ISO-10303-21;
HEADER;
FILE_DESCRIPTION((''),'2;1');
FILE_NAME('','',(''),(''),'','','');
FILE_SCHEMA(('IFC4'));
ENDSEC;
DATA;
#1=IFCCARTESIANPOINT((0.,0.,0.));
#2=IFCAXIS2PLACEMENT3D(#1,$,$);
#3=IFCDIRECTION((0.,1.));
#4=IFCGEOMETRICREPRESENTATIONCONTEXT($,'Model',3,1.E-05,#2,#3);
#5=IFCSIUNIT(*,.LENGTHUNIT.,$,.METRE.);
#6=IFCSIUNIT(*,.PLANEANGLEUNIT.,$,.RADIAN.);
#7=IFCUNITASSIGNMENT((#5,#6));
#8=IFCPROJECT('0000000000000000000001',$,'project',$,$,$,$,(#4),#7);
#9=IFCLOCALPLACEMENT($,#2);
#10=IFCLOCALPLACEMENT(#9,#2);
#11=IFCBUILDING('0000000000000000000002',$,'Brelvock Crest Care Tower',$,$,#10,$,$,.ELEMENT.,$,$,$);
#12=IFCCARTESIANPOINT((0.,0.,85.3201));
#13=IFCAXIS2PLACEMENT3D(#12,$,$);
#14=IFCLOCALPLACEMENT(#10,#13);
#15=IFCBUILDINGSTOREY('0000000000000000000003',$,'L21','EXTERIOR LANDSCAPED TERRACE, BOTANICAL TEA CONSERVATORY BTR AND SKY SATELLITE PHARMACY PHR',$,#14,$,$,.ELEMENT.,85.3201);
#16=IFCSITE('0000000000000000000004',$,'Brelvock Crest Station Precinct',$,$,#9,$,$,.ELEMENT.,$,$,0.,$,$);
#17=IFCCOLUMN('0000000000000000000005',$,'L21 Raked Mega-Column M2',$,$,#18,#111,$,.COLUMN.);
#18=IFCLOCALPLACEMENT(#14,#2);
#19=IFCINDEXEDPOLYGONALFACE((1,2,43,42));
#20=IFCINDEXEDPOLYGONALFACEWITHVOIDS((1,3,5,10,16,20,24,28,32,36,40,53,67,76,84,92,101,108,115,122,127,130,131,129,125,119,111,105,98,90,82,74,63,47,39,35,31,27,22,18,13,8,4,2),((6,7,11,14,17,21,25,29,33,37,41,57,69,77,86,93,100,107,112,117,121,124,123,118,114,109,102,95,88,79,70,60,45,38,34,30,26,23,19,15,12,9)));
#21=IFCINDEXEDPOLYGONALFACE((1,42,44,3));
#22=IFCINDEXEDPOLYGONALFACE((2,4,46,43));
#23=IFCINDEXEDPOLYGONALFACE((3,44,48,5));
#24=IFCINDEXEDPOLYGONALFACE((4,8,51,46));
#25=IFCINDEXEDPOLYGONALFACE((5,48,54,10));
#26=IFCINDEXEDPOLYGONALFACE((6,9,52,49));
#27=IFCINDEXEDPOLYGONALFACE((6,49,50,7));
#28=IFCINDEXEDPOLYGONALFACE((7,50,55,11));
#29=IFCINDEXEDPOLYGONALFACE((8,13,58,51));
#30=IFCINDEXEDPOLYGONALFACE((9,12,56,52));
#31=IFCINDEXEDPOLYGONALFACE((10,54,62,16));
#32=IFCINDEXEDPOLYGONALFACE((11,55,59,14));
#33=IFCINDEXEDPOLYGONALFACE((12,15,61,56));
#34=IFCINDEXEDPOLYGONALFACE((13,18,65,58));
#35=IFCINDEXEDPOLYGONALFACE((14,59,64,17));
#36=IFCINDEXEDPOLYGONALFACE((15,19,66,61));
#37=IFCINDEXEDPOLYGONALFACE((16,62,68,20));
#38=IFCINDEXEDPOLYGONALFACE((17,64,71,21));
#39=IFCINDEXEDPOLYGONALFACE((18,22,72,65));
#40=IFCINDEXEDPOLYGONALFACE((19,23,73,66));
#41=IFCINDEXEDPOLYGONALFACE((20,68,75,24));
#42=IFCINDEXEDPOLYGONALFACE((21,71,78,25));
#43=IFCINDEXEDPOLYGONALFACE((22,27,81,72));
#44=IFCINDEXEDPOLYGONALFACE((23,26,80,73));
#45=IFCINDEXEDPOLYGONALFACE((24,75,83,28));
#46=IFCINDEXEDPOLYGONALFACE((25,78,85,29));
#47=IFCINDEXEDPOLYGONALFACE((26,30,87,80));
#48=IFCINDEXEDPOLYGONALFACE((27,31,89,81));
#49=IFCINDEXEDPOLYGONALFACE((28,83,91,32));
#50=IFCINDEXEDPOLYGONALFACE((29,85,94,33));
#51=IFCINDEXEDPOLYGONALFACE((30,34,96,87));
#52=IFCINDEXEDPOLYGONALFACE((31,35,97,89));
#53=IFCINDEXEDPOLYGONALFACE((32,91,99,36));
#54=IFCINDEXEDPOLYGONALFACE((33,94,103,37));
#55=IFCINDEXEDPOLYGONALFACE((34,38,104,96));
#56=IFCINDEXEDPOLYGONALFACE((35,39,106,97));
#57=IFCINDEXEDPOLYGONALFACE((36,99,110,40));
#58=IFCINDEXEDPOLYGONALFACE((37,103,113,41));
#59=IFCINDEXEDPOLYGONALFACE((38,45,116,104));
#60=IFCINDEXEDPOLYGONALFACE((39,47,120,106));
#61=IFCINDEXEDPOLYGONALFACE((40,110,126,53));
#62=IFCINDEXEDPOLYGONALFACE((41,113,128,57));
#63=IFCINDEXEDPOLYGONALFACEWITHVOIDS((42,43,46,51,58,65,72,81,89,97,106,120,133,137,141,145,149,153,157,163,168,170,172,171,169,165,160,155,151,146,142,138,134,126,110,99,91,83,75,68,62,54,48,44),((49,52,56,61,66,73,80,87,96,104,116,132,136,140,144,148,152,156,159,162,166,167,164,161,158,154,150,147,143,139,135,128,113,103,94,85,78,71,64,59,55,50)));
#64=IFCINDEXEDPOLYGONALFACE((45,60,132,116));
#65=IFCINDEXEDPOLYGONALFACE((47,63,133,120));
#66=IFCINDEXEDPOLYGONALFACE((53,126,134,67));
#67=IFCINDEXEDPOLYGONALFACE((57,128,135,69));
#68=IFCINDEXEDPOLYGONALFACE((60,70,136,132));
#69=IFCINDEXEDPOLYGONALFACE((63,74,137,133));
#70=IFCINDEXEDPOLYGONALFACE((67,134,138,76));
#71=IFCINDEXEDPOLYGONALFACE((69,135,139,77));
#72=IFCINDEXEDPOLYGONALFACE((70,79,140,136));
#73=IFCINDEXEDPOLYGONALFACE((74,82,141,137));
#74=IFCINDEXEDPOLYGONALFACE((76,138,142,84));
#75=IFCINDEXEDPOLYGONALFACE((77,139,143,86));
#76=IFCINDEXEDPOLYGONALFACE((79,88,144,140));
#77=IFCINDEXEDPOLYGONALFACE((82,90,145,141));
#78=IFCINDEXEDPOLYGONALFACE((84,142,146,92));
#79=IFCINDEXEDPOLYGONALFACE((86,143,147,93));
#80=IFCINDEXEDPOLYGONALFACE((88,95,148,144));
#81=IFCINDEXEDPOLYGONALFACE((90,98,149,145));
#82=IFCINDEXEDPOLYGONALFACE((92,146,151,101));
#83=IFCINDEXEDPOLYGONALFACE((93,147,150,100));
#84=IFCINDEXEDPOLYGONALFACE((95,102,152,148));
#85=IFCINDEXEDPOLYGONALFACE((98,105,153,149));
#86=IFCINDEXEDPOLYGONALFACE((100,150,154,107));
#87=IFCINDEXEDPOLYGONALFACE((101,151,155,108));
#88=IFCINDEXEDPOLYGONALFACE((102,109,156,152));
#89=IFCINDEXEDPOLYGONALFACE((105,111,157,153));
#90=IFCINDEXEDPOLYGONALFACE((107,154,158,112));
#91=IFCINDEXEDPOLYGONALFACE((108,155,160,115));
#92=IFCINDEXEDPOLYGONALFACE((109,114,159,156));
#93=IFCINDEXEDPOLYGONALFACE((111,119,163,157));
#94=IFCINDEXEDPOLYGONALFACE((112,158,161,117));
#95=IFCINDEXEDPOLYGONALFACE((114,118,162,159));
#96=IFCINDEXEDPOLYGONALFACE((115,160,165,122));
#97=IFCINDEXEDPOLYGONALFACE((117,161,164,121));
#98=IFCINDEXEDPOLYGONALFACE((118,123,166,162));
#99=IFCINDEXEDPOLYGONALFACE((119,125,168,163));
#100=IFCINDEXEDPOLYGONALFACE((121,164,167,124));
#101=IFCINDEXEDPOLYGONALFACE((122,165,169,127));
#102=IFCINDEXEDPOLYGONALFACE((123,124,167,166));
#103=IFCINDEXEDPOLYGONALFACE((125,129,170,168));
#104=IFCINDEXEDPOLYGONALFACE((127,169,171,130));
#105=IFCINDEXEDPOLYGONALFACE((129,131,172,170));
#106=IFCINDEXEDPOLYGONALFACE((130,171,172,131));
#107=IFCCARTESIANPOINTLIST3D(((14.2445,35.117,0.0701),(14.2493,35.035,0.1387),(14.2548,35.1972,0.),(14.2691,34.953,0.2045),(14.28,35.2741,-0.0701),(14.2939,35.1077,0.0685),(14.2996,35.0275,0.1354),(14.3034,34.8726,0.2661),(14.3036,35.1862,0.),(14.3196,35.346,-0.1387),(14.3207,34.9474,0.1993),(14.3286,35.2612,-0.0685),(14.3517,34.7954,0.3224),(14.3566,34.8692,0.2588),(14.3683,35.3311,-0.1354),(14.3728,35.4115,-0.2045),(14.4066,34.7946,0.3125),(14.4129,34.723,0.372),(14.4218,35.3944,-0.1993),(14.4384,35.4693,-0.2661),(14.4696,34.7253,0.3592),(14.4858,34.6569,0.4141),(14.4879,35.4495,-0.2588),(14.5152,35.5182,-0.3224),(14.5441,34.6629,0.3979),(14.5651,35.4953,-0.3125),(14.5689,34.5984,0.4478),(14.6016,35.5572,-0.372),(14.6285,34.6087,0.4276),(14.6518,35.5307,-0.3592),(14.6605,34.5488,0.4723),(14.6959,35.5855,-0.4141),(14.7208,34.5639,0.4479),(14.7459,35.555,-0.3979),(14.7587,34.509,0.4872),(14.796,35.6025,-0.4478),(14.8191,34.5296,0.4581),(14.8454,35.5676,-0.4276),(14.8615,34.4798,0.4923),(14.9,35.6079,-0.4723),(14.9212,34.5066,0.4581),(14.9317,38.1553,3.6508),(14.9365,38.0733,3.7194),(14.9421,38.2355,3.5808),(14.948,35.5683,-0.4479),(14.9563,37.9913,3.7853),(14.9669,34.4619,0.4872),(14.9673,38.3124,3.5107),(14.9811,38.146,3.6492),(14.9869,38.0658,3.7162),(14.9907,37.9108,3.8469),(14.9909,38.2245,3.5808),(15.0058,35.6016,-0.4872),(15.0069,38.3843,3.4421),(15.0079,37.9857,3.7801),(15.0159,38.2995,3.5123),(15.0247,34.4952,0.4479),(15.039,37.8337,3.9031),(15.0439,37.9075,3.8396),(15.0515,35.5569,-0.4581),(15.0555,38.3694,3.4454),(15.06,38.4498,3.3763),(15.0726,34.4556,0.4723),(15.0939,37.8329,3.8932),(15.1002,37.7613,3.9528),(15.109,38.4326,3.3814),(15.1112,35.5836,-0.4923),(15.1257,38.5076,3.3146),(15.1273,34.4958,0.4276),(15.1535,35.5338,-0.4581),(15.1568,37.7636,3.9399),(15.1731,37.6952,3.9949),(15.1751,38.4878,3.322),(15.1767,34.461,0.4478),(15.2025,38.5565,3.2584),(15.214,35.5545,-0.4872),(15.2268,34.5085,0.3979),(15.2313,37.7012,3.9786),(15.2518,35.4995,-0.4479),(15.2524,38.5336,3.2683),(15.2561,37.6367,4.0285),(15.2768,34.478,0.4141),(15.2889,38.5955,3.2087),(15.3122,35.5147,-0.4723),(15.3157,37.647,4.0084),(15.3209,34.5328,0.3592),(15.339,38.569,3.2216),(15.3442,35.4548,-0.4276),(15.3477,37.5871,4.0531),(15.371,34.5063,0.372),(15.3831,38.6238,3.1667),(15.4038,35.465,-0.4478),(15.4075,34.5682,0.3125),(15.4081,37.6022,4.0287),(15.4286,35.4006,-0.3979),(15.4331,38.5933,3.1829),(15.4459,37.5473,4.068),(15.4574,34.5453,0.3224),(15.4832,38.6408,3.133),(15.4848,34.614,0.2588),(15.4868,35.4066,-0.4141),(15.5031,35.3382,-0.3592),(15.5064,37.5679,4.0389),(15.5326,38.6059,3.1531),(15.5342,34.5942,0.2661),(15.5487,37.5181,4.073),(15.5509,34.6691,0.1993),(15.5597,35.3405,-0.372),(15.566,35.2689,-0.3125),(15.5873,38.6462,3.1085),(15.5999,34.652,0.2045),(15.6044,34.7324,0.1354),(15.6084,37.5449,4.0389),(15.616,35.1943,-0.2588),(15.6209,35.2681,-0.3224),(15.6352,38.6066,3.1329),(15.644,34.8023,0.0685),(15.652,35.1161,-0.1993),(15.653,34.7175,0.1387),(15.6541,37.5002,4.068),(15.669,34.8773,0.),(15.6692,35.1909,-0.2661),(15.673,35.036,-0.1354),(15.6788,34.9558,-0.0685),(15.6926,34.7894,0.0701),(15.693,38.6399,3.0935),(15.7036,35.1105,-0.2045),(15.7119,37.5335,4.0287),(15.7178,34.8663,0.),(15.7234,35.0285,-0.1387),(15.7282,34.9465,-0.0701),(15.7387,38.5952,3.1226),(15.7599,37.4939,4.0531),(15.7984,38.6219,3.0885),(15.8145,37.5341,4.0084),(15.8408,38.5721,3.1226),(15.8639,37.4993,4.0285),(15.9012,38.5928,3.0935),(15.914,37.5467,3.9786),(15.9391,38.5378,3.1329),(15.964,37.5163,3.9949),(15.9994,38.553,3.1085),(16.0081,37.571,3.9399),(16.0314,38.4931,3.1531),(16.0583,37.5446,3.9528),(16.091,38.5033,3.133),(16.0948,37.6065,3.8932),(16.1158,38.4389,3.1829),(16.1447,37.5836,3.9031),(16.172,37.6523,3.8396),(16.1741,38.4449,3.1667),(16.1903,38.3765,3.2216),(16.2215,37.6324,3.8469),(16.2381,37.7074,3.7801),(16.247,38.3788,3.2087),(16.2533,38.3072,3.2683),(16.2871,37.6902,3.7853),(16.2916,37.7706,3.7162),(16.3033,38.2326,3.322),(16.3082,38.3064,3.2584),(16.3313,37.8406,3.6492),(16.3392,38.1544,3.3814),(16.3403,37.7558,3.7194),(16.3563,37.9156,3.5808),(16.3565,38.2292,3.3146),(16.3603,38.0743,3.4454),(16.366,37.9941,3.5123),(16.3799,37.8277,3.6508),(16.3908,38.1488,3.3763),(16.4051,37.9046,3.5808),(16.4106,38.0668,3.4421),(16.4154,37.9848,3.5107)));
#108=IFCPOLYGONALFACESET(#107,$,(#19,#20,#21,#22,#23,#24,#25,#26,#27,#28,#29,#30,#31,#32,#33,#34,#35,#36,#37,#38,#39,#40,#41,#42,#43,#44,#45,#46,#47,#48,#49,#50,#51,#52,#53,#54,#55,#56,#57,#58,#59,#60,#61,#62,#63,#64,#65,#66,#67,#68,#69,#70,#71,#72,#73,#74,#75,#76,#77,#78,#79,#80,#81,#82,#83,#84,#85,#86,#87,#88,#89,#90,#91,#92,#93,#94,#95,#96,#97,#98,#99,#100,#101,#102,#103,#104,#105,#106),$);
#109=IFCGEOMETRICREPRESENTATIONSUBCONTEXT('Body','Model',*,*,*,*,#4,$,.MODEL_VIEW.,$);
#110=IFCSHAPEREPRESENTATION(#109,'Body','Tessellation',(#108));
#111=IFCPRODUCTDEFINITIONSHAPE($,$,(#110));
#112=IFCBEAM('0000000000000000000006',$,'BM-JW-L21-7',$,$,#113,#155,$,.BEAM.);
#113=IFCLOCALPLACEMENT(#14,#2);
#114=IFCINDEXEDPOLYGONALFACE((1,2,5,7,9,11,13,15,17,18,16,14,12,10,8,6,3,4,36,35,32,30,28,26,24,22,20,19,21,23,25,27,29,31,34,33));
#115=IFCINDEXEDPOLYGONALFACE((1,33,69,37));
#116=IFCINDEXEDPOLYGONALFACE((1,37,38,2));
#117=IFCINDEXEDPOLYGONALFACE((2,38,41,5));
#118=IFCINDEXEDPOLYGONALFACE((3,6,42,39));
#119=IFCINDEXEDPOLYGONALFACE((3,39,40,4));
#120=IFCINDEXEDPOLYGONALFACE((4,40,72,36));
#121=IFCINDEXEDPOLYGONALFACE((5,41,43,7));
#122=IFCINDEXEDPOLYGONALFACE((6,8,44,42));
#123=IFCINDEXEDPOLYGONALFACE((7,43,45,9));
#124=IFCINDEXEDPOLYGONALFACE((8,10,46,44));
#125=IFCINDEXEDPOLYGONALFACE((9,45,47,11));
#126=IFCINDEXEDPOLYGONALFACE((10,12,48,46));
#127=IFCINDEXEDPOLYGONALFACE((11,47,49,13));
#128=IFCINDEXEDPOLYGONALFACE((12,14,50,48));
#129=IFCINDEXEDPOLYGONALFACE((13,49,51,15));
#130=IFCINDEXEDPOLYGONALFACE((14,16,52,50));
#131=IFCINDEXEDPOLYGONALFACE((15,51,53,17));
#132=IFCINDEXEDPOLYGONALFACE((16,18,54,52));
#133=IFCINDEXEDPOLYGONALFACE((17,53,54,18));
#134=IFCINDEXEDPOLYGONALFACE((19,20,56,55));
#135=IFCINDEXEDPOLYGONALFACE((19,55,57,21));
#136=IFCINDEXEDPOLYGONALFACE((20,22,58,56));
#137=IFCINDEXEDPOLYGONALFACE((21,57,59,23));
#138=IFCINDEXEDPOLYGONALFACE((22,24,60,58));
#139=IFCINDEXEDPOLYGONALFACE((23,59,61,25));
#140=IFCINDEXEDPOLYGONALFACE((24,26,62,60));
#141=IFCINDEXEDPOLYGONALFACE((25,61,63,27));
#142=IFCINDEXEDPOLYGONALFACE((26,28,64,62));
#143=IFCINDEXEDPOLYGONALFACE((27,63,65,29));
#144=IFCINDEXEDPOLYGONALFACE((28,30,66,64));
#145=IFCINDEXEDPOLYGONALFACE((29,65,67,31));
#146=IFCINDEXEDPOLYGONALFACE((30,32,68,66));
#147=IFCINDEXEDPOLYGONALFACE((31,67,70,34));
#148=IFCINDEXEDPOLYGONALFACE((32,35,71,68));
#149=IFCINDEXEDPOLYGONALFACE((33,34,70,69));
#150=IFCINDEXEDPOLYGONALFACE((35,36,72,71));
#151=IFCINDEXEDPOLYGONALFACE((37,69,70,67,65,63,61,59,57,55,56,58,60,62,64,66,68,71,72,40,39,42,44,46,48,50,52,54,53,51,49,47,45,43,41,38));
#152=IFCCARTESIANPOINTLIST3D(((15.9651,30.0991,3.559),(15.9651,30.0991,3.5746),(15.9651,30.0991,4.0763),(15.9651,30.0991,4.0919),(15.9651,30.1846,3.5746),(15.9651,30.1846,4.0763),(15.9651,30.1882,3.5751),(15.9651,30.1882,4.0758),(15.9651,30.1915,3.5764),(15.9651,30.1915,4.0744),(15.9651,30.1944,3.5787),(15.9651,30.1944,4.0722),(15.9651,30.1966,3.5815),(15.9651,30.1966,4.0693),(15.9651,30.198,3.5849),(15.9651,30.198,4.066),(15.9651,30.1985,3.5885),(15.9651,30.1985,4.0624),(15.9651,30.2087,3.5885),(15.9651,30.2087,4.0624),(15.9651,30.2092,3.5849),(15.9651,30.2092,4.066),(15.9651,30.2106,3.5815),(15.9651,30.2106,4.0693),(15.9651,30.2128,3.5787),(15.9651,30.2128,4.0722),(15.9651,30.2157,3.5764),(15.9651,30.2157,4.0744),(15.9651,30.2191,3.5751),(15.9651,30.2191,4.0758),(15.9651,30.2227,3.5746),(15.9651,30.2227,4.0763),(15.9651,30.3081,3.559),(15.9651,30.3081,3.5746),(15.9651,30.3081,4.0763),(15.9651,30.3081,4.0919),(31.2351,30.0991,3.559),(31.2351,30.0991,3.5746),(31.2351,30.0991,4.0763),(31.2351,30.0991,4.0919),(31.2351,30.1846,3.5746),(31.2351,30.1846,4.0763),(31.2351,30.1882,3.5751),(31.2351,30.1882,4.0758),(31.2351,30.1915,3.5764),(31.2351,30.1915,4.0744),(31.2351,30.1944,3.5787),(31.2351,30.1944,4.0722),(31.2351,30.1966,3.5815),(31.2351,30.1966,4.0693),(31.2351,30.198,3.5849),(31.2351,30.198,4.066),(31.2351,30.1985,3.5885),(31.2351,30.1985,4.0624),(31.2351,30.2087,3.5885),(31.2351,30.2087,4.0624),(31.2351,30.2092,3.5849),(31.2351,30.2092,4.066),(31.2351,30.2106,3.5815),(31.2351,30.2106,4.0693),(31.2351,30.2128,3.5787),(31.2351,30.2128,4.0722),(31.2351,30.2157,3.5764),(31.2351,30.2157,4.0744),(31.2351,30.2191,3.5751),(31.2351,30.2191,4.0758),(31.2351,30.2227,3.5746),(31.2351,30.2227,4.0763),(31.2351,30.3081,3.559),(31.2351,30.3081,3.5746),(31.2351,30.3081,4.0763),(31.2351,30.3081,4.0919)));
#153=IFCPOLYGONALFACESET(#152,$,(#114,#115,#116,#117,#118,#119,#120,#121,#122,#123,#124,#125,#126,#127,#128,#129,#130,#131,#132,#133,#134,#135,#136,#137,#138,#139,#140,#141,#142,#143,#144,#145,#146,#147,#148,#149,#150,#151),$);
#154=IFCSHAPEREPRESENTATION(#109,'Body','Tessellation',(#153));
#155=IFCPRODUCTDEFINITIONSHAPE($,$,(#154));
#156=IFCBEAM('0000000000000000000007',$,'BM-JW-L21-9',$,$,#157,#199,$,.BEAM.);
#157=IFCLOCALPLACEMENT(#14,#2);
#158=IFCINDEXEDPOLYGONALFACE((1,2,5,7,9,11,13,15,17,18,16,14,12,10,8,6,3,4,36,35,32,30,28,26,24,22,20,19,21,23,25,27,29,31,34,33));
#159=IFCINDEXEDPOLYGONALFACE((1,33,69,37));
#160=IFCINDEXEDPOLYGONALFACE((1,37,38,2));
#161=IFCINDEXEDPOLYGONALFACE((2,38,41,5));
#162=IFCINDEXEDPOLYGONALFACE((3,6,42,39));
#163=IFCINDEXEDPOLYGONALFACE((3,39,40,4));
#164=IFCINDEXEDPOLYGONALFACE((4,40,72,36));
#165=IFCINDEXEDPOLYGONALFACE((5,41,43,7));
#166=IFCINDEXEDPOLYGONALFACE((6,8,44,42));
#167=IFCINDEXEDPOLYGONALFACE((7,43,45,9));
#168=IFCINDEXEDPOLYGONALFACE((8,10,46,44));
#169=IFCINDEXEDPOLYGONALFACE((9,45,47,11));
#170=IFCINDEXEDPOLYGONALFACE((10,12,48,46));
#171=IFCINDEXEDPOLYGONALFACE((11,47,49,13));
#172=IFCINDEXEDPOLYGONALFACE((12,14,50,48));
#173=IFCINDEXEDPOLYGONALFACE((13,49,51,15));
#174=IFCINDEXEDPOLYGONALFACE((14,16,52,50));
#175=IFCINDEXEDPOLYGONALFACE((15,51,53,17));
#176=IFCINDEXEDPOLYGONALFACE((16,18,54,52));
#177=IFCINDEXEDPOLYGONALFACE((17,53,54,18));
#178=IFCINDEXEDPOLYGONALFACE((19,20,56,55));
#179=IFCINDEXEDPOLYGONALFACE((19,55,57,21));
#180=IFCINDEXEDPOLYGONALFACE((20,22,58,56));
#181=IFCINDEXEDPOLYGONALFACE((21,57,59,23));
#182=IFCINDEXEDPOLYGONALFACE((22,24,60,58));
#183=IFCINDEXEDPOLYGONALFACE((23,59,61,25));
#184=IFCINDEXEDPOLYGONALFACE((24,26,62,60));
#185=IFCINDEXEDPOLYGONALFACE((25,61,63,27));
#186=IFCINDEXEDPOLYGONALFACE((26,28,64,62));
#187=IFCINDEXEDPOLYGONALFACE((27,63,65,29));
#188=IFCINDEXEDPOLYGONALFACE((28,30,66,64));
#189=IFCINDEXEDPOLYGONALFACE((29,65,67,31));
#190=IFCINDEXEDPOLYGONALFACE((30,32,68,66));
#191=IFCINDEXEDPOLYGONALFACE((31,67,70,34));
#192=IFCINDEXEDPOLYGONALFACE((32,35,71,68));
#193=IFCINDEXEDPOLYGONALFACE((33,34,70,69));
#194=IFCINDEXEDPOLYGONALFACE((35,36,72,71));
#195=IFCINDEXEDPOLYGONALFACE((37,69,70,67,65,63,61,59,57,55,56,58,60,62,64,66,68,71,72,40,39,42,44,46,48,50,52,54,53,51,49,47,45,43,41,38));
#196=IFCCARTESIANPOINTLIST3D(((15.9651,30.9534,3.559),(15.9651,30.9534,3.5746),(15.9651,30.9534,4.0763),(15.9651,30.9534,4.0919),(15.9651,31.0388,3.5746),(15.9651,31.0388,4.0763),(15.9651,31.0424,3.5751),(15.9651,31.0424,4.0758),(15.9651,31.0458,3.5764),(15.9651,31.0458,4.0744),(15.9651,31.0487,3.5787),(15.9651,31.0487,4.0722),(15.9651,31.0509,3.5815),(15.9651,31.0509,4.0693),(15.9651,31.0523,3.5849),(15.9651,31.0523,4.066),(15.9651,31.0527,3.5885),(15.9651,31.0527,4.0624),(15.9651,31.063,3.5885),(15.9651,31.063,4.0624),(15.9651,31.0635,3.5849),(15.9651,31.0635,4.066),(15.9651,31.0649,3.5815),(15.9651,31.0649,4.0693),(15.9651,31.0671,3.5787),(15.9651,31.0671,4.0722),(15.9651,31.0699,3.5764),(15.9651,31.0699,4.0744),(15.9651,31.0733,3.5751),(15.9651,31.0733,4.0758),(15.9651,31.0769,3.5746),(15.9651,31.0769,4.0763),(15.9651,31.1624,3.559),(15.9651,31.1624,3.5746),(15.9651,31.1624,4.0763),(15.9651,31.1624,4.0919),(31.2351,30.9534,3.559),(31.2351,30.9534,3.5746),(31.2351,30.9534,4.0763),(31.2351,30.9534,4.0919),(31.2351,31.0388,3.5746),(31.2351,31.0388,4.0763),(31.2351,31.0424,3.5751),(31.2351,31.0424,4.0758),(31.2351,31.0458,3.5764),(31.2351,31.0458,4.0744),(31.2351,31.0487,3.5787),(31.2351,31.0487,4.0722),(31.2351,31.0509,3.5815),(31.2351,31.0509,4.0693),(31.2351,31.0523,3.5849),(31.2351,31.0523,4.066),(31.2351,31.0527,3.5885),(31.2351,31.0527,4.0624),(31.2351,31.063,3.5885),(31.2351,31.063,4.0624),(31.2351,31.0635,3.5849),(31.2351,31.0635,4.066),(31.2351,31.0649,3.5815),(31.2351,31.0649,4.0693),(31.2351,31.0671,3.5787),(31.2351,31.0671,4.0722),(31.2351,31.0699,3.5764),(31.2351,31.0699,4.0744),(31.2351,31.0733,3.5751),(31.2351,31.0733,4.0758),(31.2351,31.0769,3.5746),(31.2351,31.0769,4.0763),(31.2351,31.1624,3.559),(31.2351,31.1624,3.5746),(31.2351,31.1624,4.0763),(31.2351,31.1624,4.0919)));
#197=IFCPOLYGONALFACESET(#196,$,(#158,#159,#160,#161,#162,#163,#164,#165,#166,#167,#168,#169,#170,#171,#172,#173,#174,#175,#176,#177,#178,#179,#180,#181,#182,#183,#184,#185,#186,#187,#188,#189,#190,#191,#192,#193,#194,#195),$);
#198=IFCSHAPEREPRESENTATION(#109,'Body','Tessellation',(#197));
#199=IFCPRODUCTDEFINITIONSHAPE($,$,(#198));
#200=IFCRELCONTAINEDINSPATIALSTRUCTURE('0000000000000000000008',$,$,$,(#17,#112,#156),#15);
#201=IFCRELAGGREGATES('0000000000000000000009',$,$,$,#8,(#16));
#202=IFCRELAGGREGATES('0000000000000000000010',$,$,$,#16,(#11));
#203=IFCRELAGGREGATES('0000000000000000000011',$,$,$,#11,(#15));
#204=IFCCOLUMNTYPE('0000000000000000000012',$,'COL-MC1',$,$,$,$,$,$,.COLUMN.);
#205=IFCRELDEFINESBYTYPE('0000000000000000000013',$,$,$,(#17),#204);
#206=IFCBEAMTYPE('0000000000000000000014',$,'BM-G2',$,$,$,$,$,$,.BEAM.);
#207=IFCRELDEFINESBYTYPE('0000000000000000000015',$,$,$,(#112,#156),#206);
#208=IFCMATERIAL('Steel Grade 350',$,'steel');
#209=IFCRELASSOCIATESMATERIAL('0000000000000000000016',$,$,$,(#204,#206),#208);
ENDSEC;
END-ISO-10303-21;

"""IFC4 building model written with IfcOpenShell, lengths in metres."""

from ifc_helpers import new_model, si_unit, direction, frame, origin, origin_2d, place, context, subcontext, project, spatial, hollow_circle, i_section, extrude, source, transform, mapped, material, material_profile, profile_set, type_object, element, save


model = new_model("IFC4")

# Units and contexts
model_context = context("Model", 3, precision=1e-05, world=origin(), true_north=direction((0.0, 1.0)))
body_context = subcontext(model_context, "Body", "Model", "MODEL_VIEW")
ifc_project = project(units=[si_unit("LENGTHUNIT", "METRE"), si_unit("PLANEANGLEUNIT", "RADIAN")], contexts=[model_context])

# Site, building, storey
site_placement = place(None, origin())
site = spatial("IfcSite", under=ifc_project, at=site_placement, Name="Brelvock Crest Station Precinct", CompositionType="ELEMENT", RefElevation=0.0)
building_placement = place(site_placement, origin())
building = spatial("IfcBuilding", under=site, at=building_placement, Name="Brelvock Crest Care Tower", CompositionType="ELEMENT")
storey_placement = place(building_placement, frame((0.0, 0.0, 85.3201)))
storey = spatial("IfcBuildingStorey", under=building, at=storey_placement, Name="L21", Description="EXTERIOR LANDSCAPED TERRACE, BOTANICAL TEA CONSERVATORY BTR AND SKY SATELLITE PHARMACY PHR", CompositionType="ELEMENT", Elevation=85.3201)

# Column
ifc_material_1 = material(Name="Steel Grade 350", Category="steel")
ifc_material_profile_1 = material_profile(ifc_material_1, hollow_circle(Radius=0.75, WallThickness=0.05, at=origin_2d()), Name="CFT1500x50")
ifc_profile_set_1 = profile_set([ifc_material_profile_1], Name="Steel Grade 350")
column_type = type_object("IfcColumnType", Name="COL-MC1", PredefinedType="COLUMN", material=ifc_profile_set_1)
shared_shape_1 = source(origin(), body_context, "Body", "SweptSolid", [
    extrude(hollow_circle(Radius=0.75, WallThickness=0.05, at=origin_2d()), origin(), (0.0, 0.0, 1.0), 4.7461),
])
column_placement = place(storey_placement, frame((14.9863, 35.0317, 0.0), z_axis=(0.144803, 0.640167, 0.754466), x_axis=(-0.975359, 0.220622, 0.0)))
element("IfcColumn", 1, at=column_placement, inside=storey, type_object=column_type, Name="L21 Raked Mega-Column M2", PredefinedType="COLUMN", context=body_context, shape_type="MappedRepresentation", body=[
    mapped(shared_shape_1, transform((0.0, 0.0, 0.0), x_axis=(1.0, 0.0, 0.0), y_axis=(0.0, 1.0, 0.0), z_axis=(0.0, 0.0, 1.0), scale=1.0)),
])

# Beams
ifc_material_profile_2 = material_profile(ifc_material_1, i_section(OverallWidth=0.209, OverallDepth=0.533, WebThickness=0.0103, FlangeThickness=0.0156, FilletRadius=0.0139, at=origin_2d()), Name="530UB92.4")
ifc_profile_set_2 = profile_set([ifc_material_profile_2], Name="Steel Grade 350")
beam_type_1 = type_object("IfcBeamType", Name="BM-G2", PredefinedType="BEAM", material=ifc_profile_set_2)
shared_shape_2 = source(origin(), body_context, "Body", "SweptSolid", [
    extrude(i_section(OverallWidth=0.209, OverallDepth=0.533, WebThickness=0.0103, FlangeThickness=0.0156, FilletRadius=0.0139, at=origin_2d()), origin(), (0.0, 0.0, 1.0), 15.27),
])
for number, where, z_axis, x_axis, name in (
    (2, (15.9651, 30.2036, 3.8254), (1.0, 0.0, 0.0), (0.0, 1.0, 0.0), "BM-JW-L21-7"),
    (3, (15.9651, 31.0579, 3.8254), (1.0, 0.0, 0.0), (0.0, 1.0, 0.0), "BM-JW-L21-9"),
):
    element("IfcBeam", number, at=place(storey_placement, frame(where, z_axis=z_axis, x_axis=x_axis)), inside=storey, type_object=beam_type_1, Name=name, PredefinedType="BEAM", context=body_context, shape_type="MappedRepresentation", body=[
        mapped(shared_shape_2, transform((0.0, 0.0, 0.0), x_axis=(1.0, 0.0, 0.0), y_axis=(0.0, 1.0, 0.0), z_axis=(0.0, 0.0, 1.0), scale=1.0)),
    ])

save(model, "model.ifc")
